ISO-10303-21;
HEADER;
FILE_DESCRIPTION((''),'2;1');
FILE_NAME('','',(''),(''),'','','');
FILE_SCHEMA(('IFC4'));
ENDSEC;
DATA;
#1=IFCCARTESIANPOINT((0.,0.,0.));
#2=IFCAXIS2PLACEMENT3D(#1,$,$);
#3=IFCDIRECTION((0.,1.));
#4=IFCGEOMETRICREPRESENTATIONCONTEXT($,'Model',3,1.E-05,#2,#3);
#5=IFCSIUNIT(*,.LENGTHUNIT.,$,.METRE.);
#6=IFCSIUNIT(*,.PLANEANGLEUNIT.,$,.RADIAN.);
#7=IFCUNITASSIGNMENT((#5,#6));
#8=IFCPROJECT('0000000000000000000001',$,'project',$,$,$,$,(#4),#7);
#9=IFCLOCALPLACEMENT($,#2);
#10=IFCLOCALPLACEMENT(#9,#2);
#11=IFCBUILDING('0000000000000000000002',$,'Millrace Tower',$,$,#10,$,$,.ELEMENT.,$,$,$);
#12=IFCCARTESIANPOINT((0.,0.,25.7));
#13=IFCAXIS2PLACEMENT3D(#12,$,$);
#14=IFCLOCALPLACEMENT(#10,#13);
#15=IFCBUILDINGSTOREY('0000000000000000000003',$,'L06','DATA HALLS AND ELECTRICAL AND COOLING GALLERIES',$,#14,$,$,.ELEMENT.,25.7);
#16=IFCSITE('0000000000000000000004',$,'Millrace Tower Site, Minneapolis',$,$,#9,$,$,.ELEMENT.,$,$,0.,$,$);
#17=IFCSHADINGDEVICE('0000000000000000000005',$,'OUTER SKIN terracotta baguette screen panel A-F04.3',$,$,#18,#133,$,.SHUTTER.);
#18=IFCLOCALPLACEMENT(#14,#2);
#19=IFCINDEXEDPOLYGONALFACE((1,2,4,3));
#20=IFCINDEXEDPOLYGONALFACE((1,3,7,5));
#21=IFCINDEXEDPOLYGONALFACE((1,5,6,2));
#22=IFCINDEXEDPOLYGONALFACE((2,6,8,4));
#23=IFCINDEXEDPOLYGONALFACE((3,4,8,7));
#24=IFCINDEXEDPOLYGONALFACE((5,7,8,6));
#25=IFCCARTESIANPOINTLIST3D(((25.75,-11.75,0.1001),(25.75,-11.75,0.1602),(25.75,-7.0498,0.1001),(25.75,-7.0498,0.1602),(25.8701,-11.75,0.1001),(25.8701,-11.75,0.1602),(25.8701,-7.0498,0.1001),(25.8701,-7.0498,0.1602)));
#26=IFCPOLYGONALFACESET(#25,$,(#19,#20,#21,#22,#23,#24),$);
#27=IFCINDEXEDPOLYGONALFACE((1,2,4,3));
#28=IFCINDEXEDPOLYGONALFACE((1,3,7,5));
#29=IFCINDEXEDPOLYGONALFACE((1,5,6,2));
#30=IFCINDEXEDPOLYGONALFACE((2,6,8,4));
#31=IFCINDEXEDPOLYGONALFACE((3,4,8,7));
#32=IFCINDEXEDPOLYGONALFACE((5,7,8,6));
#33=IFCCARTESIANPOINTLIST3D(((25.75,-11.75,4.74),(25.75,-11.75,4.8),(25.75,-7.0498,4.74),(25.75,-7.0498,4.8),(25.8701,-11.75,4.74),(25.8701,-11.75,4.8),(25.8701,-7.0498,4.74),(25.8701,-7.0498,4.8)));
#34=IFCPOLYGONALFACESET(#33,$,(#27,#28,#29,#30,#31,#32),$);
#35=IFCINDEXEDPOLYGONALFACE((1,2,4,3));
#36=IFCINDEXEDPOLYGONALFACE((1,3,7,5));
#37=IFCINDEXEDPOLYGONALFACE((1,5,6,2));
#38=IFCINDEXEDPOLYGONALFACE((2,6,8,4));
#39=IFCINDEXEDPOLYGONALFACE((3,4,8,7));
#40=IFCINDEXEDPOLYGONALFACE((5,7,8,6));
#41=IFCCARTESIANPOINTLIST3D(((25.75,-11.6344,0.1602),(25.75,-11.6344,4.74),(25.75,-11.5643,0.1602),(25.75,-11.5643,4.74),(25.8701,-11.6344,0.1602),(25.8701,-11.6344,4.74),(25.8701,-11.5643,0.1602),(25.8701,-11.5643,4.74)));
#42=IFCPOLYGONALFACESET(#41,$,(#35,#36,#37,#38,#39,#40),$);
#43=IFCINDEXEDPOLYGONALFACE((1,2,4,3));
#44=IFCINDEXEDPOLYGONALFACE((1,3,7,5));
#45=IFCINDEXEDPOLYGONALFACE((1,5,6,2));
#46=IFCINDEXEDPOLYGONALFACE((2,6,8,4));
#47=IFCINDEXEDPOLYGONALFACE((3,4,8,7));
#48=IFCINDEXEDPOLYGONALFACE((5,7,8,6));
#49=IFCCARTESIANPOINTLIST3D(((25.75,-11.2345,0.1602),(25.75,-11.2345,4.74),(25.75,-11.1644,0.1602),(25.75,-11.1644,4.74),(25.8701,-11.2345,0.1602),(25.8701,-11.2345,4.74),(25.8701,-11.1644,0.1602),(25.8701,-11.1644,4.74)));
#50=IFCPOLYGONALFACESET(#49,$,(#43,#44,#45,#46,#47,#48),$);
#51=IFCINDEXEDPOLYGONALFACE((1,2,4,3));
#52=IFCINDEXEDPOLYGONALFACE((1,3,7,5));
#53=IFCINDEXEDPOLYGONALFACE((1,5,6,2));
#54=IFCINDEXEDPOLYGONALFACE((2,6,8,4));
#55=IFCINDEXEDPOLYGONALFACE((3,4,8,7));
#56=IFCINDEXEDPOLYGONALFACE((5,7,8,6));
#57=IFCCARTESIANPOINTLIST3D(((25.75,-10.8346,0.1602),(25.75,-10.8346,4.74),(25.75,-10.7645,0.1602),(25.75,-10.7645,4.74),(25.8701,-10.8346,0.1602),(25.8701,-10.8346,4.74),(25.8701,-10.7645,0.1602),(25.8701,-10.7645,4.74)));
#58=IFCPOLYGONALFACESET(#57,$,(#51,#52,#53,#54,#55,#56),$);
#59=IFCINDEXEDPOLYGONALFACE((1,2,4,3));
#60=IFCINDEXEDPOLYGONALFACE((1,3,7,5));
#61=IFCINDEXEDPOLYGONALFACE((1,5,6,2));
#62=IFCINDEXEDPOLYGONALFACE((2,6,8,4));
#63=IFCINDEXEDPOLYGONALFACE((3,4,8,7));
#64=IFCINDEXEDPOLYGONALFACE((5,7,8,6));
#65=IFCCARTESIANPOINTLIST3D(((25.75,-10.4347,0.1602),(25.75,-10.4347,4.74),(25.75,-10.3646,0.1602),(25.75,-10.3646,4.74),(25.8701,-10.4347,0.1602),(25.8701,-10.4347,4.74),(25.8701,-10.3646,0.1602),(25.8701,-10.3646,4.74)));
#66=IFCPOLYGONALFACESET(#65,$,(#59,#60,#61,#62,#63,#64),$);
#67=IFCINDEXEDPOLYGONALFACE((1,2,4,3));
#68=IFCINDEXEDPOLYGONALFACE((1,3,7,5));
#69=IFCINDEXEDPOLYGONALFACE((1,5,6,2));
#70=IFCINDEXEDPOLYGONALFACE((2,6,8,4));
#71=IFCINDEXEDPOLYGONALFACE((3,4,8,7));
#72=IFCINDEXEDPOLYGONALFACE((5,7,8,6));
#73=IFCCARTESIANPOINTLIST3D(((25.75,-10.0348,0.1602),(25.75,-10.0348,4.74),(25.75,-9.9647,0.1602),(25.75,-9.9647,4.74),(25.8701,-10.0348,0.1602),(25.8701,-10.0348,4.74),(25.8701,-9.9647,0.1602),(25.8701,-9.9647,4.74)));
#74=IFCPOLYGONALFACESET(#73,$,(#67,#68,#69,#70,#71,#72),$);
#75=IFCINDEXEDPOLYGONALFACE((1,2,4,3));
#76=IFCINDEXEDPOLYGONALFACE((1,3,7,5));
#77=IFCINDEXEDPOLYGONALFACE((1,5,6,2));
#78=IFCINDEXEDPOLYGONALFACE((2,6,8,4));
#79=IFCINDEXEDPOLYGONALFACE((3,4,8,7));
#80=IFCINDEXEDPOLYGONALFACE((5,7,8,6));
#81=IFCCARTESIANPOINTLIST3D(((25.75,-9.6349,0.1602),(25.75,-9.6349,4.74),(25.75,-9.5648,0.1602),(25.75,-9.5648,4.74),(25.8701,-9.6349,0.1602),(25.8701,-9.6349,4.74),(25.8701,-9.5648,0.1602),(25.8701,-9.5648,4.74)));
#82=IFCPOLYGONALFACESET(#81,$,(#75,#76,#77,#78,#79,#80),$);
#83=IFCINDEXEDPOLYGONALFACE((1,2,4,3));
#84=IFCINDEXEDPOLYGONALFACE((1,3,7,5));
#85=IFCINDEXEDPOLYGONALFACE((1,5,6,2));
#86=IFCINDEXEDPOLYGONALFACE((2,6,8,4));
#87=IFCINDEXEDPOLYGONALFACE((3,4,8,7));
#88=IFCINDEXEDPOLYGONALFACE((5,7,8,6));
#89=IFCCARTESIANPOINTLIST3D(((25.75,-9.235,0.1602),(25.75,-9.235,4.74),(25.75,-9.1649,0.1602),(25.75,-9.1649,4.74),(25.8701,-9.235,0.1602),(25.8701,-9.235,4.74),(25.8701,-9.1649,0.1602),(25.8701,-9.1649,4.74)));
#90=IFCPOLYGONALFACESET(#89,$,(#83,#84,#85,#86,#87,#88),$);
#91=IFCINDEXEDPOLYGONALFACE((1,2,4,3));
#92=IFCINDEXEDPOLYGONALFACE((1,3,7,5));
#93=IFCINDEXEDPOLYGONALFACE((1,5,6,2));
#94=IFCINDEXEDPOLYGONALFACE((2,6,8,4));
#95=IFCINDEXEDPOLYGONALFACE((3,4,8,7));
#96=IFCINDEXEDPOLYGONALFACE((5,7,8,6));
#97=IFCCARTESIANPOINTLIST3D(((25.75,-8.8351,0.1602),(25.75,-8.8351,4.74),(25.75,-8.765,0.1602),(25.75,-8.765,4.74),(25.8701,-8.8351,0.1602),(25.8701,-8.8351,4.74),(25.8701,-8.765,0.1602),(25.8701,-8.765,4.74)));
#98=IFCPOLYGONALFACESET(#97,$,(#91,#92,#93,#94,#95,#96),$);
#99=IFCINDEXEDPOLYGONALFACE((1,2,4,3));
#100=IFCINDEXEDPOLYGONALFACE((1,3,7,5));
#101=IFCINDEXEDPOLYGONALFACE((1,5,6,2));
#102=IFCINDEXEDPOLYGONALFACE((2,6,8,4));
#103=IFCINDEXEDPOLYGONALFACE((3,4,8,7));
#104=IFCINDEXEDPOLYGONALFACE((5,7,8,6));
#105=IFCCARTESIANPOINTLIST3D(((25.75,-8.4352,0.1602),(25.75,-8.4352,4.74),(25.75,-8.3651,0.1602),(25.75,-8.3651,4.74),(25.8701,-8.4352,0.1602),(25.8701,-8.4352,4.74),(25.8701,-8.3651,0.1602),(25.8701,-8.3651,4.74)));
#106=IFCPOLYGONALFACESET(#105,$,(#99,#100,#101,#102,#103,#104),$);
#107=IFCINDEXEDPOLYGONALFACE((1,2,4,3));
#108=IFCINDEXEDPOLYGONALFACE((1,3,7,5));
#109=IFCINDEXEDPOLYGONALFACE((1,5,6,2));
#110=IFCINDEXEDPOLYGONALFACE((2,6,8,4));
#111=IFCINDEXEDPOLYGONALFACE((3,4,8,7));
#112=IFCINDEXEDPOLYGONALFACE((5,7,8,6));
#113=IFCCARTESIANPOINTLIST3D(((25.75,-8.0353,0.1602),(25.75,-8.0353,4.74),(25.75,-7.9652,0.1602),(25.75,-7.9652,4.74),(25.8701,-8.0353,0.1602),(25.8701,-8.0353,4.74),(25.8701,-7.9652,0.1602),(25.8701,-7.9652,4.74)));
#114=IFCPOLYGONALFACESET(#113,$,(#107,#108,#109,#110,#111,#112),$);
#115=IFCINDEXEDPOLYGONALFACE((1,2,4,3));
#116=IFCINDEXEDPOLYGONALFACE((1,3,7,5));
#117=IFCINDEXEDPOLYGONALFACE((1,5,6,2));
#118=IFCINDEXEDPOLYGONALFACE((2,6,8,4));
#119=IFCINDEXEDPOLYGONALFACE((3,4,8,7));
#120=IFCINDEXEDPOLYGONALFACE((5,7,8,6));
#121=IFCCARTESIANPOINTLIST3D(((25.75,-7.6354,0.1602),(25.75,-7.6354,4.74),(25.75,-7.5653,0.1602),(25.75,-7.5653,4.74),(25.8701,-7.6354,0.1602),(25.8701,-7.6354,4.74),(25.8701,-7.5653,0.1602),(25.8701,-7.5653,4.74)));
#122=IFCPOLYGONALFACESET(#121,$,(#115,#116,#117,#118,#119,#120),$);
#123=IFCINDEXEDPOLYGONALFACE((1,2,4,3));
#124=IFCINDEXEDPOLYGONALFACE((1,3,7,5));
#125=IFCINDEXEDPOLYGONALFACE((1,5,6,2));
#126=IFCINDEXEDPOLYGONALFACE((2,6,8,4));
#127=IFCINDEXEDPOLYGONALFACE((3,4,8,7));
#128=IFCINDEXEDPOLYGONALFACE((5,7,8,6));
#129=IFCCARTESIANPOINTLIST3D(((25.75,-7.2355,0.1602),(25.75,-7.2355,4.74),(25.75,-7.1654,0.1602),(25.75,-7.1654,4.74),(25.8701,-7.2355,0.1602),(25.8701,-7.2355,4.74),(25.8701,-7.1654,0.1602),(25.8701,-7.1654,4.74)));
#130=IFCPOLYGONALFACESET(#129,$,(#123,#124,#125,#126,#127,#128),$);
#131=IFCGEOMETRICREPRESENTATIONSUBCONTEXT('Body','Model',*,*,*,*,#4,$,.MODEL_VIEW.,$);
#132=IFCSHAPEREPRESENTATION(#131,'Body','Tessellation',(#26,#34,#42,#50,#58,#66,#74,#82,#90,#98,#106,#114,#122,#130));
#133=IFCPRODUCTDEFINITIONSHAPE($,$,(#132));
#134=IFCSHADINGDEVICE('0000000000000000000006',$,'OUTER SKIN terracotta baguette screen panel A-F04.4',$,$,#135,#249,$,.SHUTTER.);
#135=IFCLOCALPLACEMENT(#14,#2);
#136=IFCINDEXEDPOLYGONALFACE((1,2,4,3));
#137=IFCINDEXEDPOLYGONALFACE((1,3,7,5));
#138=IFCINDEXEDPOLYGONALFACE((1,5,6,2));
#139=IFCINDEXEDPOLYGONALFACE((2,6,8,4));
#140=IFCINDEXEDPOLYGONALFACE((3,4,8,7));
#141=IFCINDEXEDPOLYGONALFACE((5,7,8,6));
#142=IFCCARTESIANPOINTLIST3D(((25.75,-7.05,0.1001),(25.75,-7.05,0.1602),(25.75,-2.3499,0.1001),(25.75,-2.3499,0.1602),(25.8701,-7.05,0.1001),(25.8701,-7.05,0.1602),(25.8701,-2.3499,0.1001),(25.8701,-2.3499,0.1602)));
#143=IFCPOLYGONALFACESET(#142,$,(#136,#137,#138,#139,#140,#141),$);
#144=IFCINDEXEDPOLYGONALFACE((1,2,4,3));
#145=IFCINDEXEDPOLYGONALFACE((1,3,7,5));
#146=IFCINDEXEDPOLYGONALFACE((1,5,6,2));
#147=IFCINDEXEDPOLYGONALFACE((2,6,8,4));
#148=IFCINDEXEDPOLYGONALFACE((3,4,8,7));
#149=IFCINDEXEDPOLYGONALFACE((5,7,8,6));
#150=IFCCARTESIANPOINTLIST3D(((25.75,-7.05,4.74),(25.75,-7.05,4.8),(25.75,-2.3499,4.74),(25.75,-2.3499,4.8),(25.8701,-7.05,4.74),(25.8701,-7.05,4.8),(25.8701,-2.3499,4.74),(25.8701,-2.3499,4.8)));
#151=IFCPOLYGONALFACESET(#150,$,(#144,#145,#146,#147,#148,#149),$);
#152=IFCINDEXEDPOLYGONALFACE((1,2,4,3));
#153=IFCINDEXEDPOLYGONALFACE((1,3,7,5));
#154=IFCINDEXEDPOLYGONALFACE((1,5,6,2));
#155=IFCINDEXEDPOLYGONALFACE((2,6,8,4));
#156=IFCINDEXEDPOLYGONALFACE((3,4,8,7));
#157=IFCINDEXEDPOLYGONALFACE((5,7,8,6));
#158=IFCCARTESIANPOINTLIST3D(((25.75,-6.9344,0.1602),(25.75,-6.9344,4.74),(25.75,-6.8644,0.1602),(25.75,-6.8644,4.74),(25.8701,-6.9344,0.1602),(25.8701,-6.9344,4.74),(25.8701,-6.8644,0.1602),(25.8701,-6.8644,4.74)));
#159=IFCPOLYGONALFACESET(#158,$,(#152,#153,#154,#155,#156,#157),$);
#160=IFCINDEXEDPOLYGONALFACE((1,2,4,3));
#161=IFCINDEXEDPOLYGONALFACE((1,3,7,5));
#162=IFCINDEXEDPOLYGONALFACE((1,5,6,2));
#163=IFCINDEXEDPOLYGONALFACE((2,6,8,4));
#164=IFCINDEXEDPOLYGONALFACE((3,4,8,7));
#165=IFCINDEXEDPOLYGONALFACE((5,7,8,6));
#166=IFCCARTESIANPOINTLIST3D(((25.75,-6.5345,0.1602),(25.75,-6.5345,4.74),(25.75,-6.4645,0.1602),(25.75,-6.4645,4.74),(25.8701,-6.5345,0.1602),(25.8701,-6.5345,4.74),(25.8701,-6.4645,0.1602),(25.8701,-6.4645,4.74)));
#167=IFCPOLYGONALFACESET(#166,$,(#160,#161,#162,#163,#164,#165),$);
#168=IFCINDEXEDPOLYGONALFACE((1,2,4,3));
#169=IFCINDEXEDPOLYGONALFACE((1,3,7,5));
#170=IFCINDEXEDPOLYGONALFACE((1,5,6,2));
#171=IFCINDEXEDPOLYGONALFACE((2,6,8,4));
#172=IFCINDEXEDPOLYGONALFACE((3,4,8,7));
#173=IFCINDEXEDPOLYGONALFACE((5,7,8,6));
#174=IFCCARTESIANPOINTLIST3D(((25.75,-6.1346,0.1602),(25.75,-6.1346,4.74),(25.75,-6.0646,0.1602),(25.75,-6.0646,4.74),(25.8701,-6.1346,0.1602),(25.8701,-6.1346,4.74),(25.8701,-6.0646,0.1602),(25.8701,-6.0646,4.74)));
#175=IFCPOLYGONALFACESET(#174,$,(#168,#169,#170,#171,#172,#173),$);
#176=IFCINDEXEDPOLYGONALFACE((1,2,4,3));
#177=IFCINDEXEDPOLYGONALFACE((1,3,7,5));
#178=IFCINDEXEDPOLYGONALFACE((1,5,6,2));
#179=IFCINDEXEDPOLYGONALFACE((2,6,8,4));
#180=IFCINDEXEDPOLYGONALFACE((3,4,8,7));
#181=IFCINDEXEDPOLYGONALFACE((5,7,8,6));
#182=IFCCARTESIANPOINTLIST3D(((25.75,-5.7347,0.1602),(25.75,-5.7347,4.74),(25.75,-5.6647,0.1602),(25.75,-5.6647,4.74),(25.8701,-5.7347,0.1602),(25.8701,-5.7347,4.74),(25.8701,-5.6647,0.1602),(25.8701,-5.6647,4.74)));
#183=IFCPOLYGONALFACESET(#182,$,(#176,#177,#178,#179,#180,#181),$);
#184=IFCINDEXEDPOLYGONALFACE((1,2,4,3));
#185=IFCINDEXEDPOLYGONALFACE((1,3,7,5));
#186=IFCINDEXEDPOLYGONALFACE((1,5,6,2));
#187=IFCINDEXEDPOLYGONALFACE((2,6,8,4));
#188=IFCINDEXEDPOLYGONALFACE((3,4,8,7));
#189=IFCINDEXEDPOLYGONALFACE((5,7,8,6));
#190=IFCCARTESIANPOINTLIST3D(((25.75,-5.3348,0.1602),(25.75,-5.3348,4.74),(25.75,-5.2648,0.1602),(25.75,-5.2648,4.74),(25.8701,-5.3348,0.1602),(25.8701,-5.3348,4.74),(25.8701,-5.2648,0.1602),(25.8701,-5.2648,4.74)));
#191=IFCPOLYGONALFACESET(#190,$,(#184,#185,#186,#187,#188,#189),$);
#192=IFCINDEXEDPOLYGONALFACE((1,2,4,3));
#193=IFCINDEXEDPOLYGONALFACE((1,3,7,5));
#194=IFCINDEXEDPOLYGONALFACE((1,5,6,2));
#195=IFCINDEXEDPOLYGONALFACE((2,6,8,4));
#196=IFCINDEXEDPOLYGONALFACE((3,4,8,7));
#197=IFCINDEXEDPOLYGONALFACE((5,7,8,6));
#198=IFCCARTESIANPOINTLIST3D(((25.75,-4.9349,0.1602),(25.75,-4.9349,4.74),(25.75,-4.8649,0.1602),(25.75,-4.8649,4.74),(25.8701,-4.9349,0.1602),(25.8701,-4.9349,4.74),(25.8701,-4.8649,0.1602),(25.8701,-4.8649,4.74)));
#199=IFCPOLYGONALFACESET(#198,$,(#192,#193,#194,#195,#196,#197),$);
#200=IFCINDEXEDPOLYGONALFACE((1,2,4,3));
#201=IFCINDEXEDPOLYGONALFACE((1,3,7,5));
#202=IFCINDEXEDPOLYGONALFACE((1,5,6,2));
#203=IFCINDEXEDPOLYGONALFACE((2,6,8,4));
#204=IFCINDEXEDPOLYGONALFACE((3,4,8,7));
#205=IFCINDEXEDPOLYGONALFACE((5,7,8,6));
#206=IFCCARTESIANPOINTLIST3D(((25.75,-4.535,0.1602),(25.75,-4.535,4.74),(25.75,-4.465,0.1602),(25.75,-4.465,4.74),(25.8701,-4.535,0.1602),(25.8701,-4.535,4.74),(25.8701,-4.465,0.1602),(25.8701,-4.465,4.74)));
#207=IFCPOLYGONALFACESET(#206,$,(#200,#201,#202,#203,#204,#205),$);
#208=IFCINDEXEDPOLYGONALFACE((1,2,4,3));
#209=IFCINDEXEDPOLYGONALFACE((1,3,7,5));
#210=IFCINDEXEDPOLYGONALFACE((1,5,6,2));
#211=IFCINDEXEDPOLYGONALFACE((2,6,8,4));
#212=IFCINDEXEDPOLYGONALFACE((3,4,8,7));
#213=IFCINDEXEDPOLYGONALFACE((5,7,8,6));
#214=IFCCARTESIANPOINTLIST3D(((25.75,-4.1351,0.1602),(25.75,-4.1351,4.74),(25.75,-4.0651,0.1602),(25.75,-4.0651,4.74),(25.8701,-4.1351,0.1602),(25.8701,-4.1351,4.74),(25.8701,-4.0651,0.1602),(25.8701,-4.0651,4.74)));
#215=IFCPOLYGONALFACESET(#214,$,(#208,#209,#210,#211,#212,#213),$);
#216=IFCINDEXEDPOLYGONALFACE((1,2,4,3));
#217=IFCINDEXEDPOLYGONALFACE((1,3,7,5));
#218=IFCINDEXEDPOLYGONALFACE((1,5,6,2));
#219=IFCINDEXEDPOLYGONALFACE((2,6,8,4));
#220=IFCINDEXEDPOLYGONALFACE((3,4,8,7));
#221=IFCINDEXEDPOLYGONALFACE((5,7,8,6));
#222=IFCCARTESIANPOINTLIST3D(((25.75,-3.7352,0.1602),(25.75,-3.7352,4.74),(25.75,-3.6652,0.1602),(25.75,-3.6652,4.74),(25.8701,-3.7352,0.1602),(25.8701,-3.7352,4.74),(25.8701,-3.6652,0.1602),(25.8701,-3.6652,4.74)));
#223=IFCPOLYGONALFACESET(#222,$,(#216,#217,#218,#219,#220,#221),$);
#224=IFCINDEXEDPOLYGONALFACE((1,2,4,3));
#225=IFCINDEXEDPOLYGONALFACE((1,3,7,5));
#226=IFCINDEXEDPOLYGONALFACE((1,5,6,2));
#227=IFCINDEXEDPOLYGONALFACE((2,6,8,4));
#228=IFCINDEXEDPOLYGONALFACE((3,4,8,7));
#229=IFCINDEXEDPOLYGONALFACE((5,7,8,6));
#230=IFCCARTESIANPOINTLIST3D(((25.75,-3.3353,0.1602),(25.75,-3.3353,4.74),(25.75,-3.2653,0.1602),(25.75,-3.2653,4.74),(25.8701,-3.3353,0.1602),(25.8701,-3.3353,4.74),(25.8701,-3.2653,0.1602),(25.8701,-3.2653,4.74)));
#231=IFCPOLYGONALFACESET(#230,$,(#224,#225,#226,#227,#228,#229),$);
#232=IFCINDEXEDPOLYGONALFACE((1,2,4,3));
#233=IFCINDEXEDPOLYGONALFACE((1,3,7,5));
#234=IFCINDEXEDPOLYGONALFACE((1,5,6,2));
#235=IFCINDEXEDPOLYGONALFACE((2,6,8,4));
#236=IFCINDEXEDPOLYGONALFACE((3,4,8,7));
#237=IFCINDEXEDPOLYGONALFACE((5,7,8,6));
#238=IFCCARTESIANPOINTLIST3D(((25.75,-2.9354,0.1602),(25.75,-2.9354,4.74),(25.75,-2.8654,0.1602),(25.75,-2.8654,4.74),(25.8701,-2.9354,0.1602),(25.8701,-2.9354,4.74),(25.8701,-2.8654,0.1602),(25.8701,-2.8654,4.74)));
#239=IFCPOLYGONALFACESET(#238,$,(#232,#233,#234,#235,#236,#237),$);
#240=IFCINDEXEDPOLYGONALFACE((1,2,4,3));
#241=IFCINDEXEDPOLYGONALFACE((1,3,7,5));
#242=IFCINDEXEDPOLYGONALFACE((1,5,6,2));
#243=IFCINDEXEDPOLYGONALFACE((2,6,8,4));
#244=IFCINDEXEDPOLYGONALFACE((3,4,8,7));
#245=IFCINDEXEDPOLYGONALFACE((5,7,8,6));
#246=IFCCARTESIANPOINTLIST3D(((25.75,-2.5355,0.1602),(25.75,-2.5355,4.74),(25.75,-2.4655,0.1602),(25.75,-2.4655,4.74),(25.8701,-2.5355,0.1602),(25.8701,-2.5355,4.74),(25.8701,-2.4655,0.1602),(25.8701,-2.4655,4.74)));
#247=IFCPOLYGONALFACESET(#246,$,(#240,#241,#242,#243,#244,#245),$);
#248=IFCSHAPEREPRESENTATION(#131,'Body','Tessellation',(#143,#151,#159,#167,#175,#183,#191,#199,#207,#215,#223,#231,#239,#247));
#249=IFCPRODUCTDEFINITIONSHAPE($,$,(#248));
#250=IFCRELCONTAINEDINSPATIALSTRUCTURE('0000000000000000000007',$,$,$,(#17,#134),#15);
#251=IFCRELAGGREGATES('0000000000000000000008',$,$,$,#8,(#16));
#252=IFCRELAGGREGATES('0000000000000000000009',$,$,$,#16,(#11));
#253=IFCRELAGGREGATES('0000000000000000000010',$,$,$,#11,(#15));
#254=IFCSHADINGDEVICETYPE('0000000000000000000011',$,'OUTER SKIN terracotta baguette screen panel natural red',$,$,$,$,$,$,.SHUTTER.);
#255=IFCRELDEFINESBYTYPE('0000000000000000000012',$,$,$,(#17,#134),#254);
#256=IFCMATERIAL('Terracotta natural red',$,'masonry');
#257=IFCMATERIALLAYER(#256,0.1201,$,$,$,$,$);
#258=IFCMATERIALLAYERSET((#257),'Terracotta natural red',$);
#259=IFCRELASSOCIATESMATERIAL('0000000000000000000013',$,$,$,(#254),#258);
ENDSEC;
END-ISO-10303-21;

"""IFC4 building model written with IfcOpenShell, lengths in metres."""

from ifc_helpers import new_model, entity, si_unit, direction, frame, frame_2d, origin, place, context, subcontext, project, spatial, rectangle, extrude, source, transform, mapped, material, layer, layer_set, type_object, element, save


model = new_model("IFC4")

# Units and contexts
model_context = context("Model", 3, precision=1e-05, world=origin(), true_north=direction((0.0, 1.0)))
body_context = subcontext(model_context, "Body", "Model", "MODEL_VIEW")
ifc_project = project(units=[si_unit("LENGTHUNIT", "METRE"), si_unit("PLANEANGLEUNIT", "RADIAN")], contexts=[model_context])

# Site, building, storey
site_placement = place(None, origin())
site = spatial("IfcSite", under=ifc_project, at=site_placement, Name="Millrace Tower Site, Minneapolis", CompositionType="ELEMENT", RefElevation=0.0)
building_placement = place(site_placement, origin())
building = spatial("IfcBuilding", under=site, at=building_placement, Name="Millrace Tower", CompositionType="ELEMENT")
storey_placement = place(building_placement, frame((0.0, 0.0, 25.7)))
storey = spatial("IfcBuildingStorey", under=building, at=storey_placement, Name="L06", Description="DATA HALLS AND ELECTRICAL AND COOLING GALLERIES", CompositionType="ELEMENT", Elevation=25.7)

# Shading devices
cartesian_point = entity("IfcCartesianPoint", [-2.3501, 0.0601])
shared_polyline = entity("IfcPolyline", [cartesian_point, entity("IfcCartesianPoint", [2.3501, 0.0601]), entity("IfcCartesianPoint", [2.3501, -0.0601]), entity("IfcCartesianPoint", [-2.3501, -0.0601]), cartesian_point])
ifc_material_1 = material(Name="Terracotta natural red", Category="masonry")
ifc_layer_1 = layer(ifc_material_1, 0.1201)
ifc_layer_set_1 = layer_set([ifc_layer_1], Name="Terracotta natural red")
shading_device_type_1 = type_object("IfcShadingDeviceType", Name="OUTER SKIN terracotta baguette screen panel natural red", PredefinedType="SHUTTER", material=ifc_layer_set_1)
shared_shape_1 = source(origin(), body_context, "Body", "SweptSolid", [
    entity("IfcExtrudedAreaSolid", entity("IfcArbitraryClosedProfileDef", "AREA", None, shared_polyline), entity("IfcAxis2Placement3D", entity("IfcCartesianPoint", [0.0, 0.0, 0.0])), entity("IfcDirection", [0.0, 0.0, 1.0]), 0.0601),
    entity("IfcExtrudedAreaSolid", entity("IfcArbitraryClosedProfileDef", "AREA", None, shared_polyline), entity("IfcAxis2Placement3D", entity("IfcCartesianPoint", [0.0, 0.0, 4.6399])), entity("IfcDirection", [0.0, 0.0, 1.0]), 0.0601),
    extrude(rectangle(XDim=0.0701, YDim=0.1201, at=frame_2d((-2.1995, 0.0))), frame((0.0, 0.0, 0.0601)), (0.0, 0.0, 1.0), 4.5798),
    extrude(rectangle(XDim=0.0701, YDim=0.1201, at=frame_2d((-1.7996, 0.0))), frame((0.0, 0.0, 0.0601)), (0.0, 0.0, 1.0), 4.5798),
    extrude(rectangle(XDim=0.0701, YDim=0.1201, at=frame_2d((-1.3997, 0.0))), frame((0.0, 0.0, 0.0601)), (0.0, 0.0, 1.0), 4.5798),
    extrude(rectangle(XDim=0.0701, YDim=0.1201, at=frame_2d((-0.9998, 0.0))), frame((0.0, 0.0, 0.0601)), (0.0, 0.0, 1.0), 4.5798),
    extrude(rectangle(XDim=0.0701, YDim=0.1201, at=frame_2d((-0.5999, 0.0))), frame((0.0, 0.0, 0.0601)), (0.0, 0.0, 1.0), 4.5798),
    extrude(rectangle(XDim=0.0701, YDim=0.1201, at=frame_2d((-0.2, 0.0))), frame((0.0, 0.0, 0.0601)), (0.0, 0.0, 1.0), 4.5798),
    extrude(rectangle(XDim=0.0701, YDim=0.1201, at=frame_2d((0.2, 0.0))), frame((0.0, 0.0, 0.0601)), (0.0, 0.0, 1.0), 4.5798),
    extrude(rectangle(XDim=0.0701, YDim=0.1201, at=frame_2d((0.5999, 0.0))), frame((0.0, 0.0, 0.0601)), (0.0, 0.0, 1.0), 4.5798),
    extrude(rectangle(XDim=0.0701, YDim=0.1201, at=frame_2d((0.9998, 0.0))), frame((0.0, 0.0, 0.0601)), (0.0, 0.0, 1.0), 4.5798),
    extrude(rectangle(XDim=0.0701, YDim=0.1201, at=frame_2d((1.3997, 0.0))), frame((0.0, 0.0, 0.0601)), (0.0, 0.0, 1.0), 4.5798),
    extrude(rectangle(XDim=0.0701, YDim=0.1201, at=frame_2d((1.7996, 0.0))), frame((0.0, 0.0, 0.0601)), (0.0, 0.0, 1.0), 4.5798),
    extrude(rectangle(XDim=0.0701, YDim=0.1201, at=frame_2d((2.1995, 0.0))), frame((0.0, 0.0, 0.0601)), (0.0, 0.0, 1.0), 4.5798),
])
for number, where, z_axis, x_axis, name in (
    (1, (25.8101, -9.3999, 0.1001), (0.0, 0.0, 1.0), (0.0, 1.0, 0.0), "OUTER SKIN terracotta baguette screen panel A-F04.3"),
    (2, (25.8101, -4.7, 0.1001), (0.0, 0.0, 1.0), (0.0, 1.0, 0.0), "OUTER SKIN terracotta baguette screen panel A-F04.4"),
):
    element("IfcShadingDevice", number, at=place(storey_placement, frame(where, z_axis=z_axis, x_axis=x_axis)), inside=storey, type_object=shading_device_type_1, Name=name, PredefinedType="SHUTTER", context=body_context, shape_type="MappedRepresentation", body=[
        mapped(shared_shape_1, transform((0.0, 0.0, 0.0), scale=1.0)),
    ])

save(model, "model.ifc")
